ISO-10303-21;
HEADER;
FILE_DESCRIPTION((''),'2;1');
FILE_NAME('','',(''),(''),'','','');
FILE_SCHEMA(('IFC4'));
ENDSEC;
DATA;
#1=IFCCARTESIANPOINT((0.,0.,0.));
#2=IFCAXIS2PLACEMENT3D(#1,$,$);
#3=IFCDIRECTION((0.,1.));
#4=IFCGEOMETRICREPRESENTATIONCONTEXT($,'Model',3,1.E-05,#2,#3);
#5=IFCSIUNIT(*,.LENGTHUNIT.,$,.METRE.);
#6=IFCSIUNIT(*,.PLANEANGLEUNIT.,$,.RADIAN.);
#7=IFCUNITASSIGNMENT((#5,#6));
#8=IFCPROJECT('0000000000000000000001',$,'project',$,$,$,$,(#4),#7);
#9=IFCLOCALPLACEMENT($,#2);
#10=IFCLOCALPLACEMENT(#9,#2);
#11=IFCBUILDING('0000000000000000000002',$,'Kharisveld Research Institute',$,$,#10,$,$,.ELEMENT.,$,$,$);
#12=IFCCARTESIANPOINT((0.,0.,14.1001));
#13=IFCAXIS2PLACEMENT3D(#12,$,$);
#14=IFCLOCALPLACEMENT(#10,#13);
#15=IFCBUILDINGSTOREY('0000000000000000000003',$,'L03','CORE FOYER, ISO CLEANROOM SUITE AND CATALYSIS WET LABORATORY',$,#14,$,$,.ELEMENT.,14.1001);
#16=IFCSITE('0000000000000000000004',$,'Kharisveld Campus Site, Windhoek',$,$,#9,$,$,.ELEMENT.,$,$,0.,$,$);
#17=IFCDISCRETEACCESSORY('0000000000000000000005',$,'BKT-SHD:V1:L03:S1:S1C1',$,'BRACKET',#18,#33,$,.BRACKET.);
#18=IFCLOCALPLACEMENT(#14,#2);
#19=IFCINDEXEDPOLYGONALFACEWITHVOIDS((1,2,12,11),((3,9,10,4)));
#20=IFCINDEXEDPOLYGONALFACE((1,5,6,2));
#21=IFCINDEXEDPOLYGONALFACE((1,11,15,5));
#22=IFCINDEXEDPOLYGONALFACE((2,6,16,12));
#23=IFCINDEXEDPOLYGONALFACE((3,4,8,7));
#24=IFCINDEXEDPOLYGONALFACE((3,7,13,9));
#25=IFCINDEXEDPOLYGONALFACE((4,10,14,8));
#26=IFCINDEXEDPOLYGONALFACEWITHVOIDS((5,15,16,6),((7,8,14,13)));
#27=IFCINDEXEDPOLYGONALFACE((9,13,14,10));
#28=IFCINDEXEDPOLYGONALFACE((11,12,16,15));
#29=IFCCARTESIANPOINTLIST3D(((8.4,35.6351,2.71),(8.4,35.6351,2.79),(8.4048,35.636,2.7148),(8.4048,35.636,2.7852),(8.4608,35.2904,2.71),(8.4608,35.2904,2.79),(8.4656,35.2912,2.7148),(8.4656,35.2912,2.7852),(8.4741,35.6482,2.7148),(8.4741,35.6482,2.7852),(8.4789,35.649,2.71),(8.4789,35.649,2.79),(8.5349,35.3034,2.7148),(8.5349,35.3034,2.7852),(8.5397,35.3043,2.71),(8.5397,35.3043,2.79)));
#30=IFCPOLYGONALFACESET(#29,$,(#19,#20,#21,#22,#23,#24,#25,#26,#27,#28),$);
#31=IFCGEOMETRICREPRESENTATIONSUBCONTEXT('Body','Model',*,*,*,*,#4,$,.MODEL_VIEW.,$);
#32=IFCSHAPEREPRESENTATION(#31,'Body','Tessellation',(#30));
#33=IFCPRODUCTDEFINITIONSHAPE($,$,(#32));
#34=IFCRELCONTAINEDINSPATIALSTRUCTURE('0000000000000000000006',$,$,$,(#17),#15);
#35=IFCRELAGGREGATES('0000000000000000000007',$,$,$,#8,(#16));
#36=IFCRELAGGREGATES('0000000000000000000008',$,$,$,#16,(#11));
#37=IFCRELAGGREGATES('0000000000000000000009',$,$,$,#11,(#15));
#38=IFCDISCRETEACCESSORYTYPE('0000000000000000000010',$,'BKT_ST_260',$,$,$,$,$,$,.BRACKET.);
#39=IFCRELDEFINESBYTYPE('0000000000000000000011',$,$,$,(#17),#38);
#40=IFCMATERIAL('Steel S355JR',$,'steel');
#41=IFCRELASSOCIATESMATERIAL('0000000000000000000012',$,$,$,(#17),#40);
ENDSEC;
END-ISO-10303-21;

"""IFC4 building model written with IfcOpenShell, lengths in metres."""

from ifc_helpers import new_model, si_unit, direction, frame, origin, origin_2d, place, context, subcontext, project, spatial, hollow_rectangle, extrude, material, type_object, element, save


model = new_model("IFC4")

# Units and contexts
model_context = context("Model", 3, precision=1e-05, world=origin(), true_north=direction((0.0, 1.0)))
body_context = subcontext(model_context, "Body", "Model", "MODEL_VIEW")
ifc_project = project(units=[si_unit("LENGTHUNIT", "METRE"), si_unit("PLANEANGLEUNIT", "RADIAN")], contexts=[model_context])

# Site, building, storey
site_placement = place(None, origin())
site = spatial("IfcSite", under=ifc_project, at=site_placement, Name="Kharisveld Campus Site, Windhoek", CompositionType="ELEMENT", RefElevation=0.0)
building_placement = place(site_placement, origin())
building = spatial("IfcBuilding", under=site, at=building_placement, Name="Kharisveld Research Institute", CompositionType="ELEMENT")
storey_placement = place(building_placement, frame((0.0, 0.0, 14.1001)))
storey = spatial("IfcBuildingStorey", under=building, at=storey_placement, Name="L03", Description="CORE FOYER, ISO CLEANROOM SUITE AND CATALYSIS WET LABORATORY", CompositionType="ELEMENT", Elevation=14.1001)

# Discrete accessory
ifc_material_1 = material(Name="Steel S355JR", Category="steel")
discrete_accessory_type = type_object("IfcDiscreteAccessoryType", Name="BKT_ST_260", PredefinedType="BRACKET")
for number, where, z_axis, x_axis, name in (
    (1, (8.4395, 35.6421, 2.75), (0.173666, -0.984805, 0.0), (0.984805, 0.173666, 0.0), "BKT-SHD:V1:L03:S1:S1C1"),
):
    element("IfcDiscreteAccessory", number, at=place(storey_placement, frame(where, z_axis=z_axis, x_axis=x_axis)), inside=storey, type_object=discrete_accessory_type, material=ifc_material_1, Name=name, ObjectType="BRACKET", PredefinedType="BRACKET", context=body_context, shape_type="SweptSolid", body=[
        extrude(hollow_rectangle(XDim=0.0801, YDim=0.0801, WallThickness=0.0049, at=origin_2d()), origin(), (0.0, 0.0, 1.0), 0.3501),
    ])

save(model, "model.ifc")
